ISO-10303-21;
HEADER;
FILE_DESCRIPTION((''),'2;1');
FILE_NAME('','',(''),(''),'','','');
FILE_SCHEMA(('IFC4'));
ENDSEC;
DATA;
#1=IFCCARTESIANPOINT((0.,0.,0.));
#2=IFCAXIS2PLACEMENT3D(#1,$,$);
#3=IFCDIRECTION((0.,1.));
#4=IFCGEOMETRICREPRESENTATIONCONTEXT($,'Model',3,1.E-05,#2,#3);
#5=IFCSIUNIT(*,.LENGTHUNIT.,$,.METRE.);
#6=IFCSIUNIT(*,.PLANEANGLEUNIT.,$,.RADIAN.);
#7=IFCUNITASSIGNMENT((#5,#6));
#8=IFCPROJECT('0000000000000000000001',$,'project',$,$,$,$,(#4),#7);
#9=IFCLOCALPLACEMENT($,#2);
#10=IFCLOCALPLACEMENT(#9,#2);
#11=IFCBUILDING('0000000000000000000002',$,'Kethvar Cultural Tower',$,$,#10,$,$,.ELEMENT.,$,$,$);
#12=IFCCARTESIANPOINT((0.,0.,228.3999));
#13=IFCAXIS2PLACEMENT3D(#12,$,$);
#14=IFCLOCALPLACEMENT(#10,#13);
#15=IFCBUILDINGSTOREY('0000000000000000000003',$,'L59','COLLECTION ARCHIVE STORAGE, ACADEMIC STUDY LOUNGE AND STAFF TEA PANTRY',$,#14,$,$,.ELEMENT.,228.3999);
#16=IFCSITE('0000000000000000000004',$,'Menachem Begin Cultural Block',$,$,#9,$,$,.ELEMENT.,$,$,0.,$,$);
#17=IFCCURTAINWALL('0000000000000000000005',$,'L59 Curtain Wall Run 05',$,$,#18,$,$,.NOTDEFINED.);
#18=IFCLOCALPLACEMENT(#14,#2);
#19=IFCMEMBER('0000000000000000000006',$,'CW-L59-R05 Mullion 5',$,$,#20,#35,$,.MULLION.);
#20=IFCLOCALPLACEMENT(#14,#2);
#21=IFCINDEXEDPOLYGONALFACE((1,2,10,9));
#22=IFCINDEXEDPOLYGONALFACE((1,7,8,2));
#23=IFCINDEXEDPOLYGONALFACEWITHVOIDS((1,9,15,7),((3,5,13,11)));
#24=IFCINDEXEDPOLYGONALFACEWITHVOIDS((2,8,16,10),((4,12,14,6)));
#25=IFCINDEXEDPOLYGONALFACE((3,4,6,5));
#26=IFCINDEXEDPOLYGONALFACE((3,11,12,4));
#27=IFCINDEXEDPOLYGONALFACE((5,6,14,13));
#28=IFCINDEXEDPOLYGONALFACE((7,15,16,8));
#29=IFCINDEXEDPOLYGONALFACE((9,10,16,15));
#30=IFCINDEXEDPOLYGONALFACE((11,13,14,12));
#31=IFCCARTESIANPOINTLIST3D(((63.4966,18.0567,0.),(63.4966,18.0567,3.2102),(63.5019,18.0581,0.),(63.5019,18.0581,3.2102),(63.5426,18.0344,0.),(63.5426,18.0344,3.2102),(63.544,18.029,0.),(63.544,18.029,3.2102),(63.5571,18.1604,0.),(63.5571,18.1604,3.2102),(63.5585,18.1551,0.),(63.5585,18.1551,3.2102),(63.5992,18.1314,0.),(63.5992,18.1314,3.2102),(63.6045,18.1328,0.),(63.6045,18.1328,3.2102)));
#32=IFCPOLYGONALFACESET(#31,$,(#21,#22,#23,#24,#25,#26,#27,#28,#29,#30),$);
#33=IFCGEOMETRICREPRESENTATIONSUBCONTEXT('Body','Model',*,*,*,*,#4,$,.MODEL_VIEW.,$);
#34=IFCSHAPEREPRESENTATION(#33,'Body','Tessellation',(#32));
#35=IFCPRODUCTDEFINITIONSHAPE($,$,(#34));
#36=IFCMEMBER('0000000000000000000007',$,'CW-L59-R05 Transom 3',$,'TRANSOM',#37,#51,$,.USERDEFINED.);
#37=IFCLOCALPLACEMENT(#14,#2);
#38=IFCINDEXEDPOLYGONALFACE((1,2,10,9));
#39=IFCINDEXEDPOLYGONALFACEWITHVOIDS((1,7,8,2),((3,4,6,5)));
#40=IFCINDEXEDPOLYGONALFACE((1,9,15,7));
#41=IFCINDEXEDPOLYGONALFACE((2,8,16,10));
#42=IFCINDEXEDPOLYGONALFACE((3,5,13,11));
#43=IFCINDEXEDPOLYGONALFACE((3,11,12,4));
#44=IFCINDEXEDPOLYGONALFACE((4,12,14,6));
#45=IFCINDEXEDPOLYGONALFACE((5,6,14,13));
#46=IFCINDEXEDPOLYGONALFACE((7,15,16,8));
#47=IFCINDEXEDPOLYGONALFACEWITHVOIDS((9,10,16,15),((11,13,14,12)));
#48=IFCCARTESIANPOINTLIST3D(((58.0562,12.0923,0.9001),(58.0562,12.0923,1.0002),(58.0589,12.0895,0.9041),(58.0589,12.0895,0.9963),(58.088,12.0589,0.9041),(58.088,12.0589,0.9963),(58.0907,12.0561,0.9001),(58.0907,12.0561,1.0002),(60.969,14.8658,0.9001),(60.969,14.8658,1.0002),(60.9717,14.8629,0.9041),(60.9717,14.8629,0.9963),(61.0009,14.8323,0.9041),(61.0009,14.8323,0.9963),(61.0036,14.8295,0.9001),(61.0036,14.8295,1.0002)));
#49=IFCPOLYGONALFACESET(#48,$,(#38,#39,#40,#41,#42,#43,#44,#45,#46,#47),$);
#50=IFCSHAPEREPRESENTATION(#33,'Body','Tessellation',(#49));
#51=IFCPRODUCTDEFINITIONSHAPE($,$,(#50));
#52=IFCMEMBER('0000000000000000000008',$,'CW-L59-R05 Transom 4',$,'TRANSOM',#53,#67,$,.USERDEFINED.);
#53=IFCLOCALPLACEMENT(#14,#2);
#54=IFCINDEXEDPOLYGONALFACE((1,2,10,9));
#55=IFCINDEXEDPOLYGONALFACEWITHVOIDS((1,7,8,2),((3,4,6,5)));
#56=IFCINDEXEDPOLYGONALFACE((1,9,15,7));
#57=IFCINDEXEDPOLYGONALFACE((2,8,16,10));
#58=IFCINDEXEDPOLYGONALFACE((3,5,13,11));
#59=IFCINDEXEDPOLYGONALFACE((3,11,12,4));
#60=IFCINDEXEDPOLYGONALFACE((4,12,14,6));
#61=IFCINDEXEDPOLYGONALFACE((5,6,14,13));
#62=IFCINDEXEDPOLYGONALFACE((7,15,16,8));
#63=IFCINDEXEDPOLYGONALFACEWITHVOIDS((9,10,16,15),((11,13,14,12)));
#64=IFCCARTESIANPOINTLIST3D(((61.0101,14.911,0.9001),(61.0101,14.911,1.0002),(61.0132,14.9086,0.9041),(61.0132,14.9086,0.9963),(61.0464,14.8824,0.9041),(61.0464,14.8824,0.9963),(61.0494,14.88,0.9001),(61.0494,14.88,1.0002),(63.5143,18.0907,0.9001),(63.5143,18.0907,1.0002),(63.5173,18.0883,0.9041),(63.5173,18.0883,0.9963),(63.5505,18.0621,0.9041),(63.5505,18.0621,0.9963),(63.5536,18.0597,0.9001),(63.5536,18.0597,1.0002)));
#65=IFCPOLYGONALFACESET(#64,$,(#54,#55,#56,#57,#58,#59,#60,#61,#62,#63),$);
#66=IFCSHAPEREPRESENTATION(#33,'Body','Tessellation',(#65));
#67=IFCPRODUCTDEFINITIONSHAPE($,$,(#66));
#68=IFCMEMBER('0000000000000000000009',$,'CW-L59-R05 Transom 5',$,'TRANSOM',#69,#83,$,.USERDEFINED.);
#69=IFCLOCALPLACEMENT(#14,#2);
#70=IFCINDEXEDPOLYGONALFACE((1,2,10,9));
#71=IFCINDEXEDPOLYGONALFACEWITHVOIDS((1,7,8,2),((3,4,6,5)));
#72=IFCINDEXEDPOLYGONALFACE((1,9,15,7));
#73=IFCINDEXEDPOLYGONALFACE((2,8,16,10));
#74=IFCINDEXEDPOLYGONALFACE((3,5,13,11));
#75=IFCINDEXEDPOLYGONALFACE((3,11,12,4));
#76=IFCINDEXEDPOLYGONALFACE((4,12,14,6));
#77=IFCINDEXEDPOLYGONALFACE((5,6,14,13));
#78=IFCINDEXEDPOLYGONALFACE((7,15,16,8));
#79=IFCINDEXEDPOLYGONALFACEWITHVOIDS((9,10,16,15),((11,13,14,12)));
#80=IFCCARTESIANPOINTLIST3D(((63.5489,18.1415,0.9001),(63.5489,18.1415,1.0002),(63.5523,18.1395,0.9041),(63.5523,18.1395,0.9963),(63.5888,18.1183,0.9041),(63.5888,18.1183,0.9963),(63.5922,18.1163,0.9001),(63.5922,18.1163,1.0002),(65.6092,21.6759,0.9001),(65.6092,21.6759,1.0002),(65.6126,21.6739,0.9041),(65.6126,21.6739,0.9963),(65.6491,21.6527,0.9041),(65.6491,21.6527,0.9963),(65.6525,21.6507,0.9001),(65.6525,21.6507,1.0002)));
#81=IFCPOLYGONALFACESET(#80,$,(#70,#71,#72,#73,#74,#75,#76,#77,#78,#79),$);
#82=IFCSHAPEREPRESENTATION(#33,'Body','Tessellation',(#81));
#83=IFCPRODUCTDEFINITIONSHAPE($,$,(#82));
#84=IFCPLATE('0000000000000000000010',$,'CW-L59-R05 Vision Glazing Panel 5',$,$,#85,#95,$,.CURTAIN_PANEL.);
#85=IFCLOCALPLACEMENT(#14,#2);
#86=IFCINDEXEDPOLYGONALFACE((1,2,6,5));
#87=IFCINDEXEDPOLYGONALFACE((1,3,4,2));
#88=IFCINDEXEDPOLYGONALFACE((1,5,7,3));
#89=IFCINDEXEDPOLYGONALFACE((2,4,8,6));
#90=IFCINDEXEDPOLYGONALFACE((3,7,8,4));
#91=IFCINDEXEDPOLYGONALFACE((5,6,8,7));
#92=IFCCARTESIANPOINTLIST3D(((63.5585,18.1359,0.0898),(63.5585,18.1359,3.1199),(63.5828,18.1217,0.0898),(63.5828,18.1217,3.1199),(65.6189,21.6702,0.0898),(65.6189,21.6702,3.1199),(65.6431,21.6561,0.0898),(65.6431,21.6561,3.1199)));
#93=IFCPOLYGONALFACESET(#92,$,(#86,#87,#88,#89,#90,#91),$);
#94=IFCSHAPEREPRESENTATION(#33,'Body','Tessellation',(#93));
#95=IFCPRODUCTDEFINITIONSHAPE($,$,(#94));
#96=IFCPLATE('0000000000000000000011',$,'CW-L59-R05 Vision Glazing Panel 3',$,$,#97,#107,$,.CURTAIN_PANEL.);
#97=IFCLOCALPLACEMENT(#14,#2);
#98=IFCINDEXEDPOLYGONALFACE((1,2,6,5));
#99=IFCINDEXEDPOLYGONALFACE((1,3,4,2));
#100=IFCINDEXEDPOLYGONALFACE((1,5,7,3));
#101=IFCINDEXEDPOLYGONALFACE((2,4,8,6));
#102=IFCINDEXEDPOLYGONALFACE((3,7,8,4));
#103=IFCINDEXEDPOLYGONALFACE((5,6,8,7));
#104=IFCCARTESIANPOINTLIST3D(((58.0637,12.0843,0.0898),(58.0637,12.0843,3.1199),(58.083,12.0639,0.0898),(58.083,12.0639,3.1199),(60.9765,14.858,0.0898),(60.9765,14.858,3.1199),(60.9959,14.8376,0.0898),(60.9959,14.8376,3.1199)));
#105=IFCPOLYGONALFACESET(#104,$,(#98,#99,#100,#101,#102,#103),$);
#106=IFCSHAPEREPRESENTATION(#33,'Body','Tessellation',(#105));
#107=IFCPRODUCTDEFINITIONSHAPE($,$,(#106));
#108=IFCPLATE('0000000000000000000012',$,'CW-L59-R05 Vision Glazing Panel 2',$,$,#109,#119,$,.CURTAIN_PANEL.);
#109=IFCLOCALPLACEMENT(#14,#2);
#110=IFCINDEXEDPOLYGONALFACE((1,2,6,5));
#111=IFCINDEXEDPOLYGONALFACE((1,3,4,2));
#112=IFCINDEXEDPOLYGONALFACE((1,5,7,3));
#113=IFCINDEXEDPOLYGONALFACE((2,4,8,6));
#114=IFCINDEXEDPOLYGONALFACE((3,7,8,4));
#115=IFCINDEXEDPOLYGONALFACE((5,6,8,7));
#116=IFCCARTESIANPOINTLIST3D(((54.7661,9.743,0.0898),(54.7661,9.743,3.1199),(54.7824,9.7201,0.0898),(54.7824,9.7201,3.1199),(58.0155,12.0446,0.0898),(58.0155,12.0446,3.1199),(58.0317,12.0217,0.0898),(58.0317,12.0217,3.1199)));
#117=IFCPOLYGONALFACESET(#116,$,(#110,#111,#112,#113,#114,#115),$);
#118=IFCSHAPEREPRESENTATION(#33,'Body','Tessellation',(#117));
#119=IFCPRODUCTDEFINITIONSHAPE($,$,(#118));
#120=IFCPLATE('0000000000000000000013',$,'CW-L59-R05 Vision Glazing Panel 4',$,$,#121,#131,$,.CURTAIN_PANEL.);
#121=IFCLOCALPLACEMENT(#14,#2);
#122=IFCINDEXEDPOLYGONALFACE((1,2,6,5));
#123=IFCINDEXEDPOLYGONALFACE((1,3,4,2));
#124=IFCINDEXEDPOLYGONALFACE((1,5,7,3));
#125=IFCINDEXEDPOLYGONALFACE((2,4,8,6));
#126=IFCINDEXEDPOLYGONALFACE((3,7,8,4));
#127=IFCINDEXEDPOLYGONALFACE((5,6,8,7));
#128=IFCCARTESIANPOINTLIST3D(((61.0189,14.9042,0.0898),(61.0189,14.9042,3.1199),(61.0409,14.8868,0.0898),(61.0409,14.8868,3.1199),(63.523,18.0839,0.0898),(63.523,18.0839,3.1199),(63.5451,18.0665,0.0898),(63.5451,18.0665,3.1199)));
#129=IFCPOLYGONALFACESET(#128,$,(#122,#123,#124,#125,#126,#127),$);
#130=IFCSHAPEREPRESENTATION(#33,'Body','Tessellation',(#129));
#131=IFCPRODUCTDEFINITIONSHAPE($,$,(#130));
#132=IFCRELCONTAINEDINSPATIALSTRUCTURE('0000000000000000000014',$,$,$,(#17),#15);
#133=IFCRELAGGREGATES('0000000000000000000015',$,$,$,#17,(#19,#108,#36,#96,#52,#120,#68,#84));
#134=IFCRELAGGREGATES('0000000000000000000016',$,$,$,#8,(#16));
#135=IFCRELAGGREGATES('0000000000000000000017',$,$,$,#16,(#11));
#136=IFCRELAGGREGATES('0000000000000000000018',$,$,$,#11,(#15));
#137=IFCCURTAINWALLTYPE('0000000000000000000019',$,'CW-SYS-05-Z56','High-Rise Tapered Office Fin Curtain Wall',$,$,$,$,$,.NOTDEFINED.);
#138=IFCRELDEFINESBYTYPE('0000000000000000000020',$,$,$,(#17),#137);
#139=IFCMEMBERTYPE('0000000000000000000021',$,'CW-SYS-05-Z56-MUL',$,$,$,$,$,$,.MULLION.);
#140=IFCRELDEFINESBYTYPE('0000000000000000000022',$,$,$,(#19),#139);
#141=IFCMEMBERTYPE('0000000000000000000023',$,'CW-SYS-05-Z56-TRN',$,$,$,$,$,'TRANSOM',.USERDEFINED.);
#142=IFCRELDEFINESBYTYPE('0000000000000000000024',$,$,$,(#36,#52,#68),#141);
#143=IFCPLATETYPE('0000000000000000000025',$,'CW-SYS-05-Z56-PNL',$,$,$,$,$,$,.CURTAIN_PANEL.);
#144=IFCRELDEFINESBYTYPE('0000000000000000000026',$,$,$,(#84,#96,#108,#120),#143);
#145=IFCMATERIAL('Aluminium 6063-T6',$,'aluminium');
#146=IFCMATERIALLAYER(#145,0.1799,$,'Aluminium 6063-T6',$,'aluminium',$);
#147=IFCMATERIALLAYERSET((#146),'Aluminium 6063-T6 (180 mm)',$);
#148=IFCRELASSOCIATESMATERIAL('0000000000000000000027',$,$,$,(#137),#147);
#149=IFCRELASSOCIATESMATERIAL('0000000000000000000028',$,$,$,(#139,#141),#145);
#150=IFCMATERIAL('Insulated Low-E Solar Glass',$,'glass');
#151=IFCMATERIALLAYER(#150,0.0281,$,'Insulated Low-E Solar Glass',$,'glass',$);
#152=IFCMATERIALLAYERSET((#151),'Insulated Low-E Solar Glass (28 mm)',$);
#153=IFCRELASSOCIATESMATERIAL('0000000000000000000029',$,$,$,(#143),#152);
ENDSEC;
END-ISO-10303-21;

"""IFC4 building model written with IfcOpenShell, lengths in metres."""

from ifc_helpers import new_model, si_unit, direction, frame, origin, origin_2d, place, context, subcontext, project, spatial, rectangle, hollow_rectangle, extrude, source, transform, mapped, material, layer, layer_set, material_profile, profile_set, type_object, element, aggregate, save


model = new_model("IFC4")

# Units and contexts
model_context = context("Model", 3, precision=1e-05, world=origin(), true_north=direction((0.0, 1.0)))
body_context = subcontext(model_context, "Body", "Model", "MODEL_VIEW")
ifc_project = project(units=[si_unit("LENGTHUNIT", "METRE"), si_unit("PLANEANGLEUNIT", "RADIAN")], contexts=[model_context])

# Site, building, storey
site_placement = place(None, origin())
site = spatial("IfcSite", under=ifc_project, at=site_placement, Name="Menachem Begin Cultural Block", CompositionType="ELEMENT", RefElevation=0.0)
building_placement = place(site_placement, origin())
building = spatial("IfcBuilding", under=site, at=building_placement, Name="Kethvar Cultural Tower", CompositionType="ELEMENT")
storey_placement = place(building_placement, frame((0.0, 0.0, 228.3999)))
storey = spatial("IfcBuildingStorey", under=building, at=storey_placement, Name="L59", Description="COLLECTION ARCHIVE STORAGE, ACADEMIC STUDY LOUNGE AND STAFF TEA PANTRY", CompositionType="ELEMENT", Elevation=228.3999)

# Curtain wall, members, plates
ifc_material_1 = material(Name="Aluminium 6063-T6", Category="aluminium")
ifc_layer_1 = layer(ifc_material_1, 0.1799, Name="Aluminium 6063-T6", Category="aluminium")
ifc_layer_set_1 = layer_set([ifc_layer_1], Name="Aluminium 6063-T6 (180 mm)")
curtain_wall_type = type_object("IfcCurtainWallType", Name="CW-SYS-05-Z56", Description="High-Rise Tapered Office Fin Curtain Wall", PredefinedType="NOTDEFINED", material=ifc_layer_set_1)
curtain_wall_placement = place(storey_placement, origin())
curtain_wall = element("IfcCurtainWall", 1, at=curtain_wall_placement, inside=storey, type_object=curtain_wall_type, Name="L59 Curtain Wall Run 05", PredefinedType="NOTDEFINED")
ifc_material_profile_1 = material_profile(ifc_material_1, hollow_rectangle(XDim=0.0549, YDim=0.1201, WallThickness=0.0039, at=origin_2d()), Name="Aluminium 6063-T6 — RHS120x55x4")
ifc_profile_set_1 = profile_set([ifc_material_profile_1], Name="Aluminium 6063-T6 — RHS120x55x4")
member_type_1 = type_object("IfcMemberType", Name="CW-SYS-05-Z56-MUL", PredefinedType="MULLION", material=ifc_profile_set_1)
shared_shape_1 = source(origin(), body_context, "Body", "SweptSolid", [
    extrude(hollow_rectangle(XDim=0.0549, YDim=0.1201, WallThickness=0.0039, at=origin_2d()), origin(), (0.0, 0.0, 1.0), 3.2102),
])
member_1_placement = place(storey_placement, frame((63.5505, 18.0947, 0.0), z_axis=(0.0, 0.0, 1.0), x_axis=(-0.863923, 0.503623, 0.0)))
member_1 = element("IfcMember", 2, at=member_1_placement, type_object=member_type_1, Name="CW-L59-R05 Mullion 5", PredefinedType="MULLION", context=body_context, shape_type="MappedRepresentation", body=[
    mapped(shared_shape_1, transform((0.0, 0.0, 0.0), scale=1.0)),
])
ifc_material_profile_2 = material_profile(ifc_material_1, hollow_rectangle(XDim=0.05, YDim=0.1001, WallThickness=0.0039, at=origin_2d()), Name="Aluminium 6063-T6 — RHS100x50x4")
ifc_profile_set_2 = profile_set([ifc_material_profile_2], Name="Aluminium 6063-T6 — RHS100x50x4")
member_type_2 = type_object("IfcMemberType", Name="CW-SYS-05-Z56-TRN", ElementType="TRANSOM", PredefinedType="USERDEFINED", material=ifc_profile_set_2)
shared_shape_2 = source(origin(), body_context, "Body", "SweptSolid", [
    extrude(hollow_rectangle(XDim=0.05, YDim=0.1001, WallThickness=0.0039, at=origin_2d()), origin(), (0.0, 0.0, 1.0), 4.022),
])
member_2_placement = place(storey_placement, frame((58.0735, 12.0742, 0.9502), z_axis=(0.724225, 0.689564, 0.0), x_axis=(-0.689564, 0.724225, 0.0)))
member_2 = element("IfcMember", 3, at=member_2_placement, type_object=member_type_2, Name="CW-L59-R05 Transom 3", ObjectType="TRANSOM", PredefinedType="USERDEFINED", context=body_context, shape_type="MappedRepresentation", body=[
    mapped(shared_shape_2, transform((0.0, 0.0, 0.0), scale=1.0)),
])
shared_shape_3 = source(origin(), body_context, "Body", "SweptSolid", [
    extrude(hollow_rectangle(XDim=0.05, YDim=0.1001, WallThickness=0.0039, at=origin_2d()), origin(), (0.0, 0.0, 1.0), 4.0474),
])
member_3_placement = place(storey_placement, frame((61.0298, 14.8955, 0.9502), z_axis=(0.618711, 0.785619, 0.0), x_axis=(-0.785619, 0.618711, 0.0)))
member_3 = element("IfcMember", 4, at=member_3_placement, type_object=member_type_2, Name="CW-L59-R05 Transom 4", ObjectType="TRANSOM", PredefinedType="USERDEFINED", context=body_context, shape_type="MappedRepresentation", body=[
    mapped(shared_shape_3, transform((0.0, 0.0, 0.0), scale=1.0)),
])
shared_shape_4 = source(origin(), body_context, "Body", "SweptSolid", [
    extrude(hollow_rectangle(XDim=0.05, YDim=0.1001, WallThickness=0.0039, at=origin_2d()), origin(), (0.0, 0.0, 1.0), 4.0911),
])
member_4_placement = place(storey_placement, frame((63.5706, 18.1289, 0.9502), z_axis=(0.503608, 0.863933, 0.0), x_axis=(-0.863933, 0.503608, 0.0)))
member_4 = element("IfcMember", 5, at=member_4_placement, type_object=member_type_2, Name="CW-L59-R05 Transom 5", ObjectType="TRANSOM", PredefinedType="USERDEFINED", context=body_context, shape_type="MappedRepresentation", body=[
    mapped(shared_shape_4, transform((0.0, 0.0, 0.0), scale=1.0)),
])
ifc_material_2 = material(Name="Insulated Low-E Solar Glass", Category="glass")
ifc_layer_2 = layer(ifc_material_2, 0.0281, Name="Insulated Low-E Solar Glass", Category="glass")
ifc_layer_set_2 = layer_set([ifc_layer_2], Name="Insulated Low-E Solar Glass (28 mm)")
plate_type = type_object("IfcPlateType", Name="CW-SYS-05-Z56-PNL", PredefinedType="CURTAIN_PANEL", material=ifc_layer_set_2)
shared_shape_5 = source(origin(), body_context, "Body", "SweptSolid", [
    extrude(rectangle(XDim=4.0911, YDim=0.0281, at=origin_2d()), origin(), (0.0, 0.0, 1.0), 3.03),
])
plate_1_placement = place(storey_placement, frame((64.6008, 19.896, 0.0898), z_axis=(0.0, 0.0, 1.0), x_axis=(0.503623, 0.863923, 0.0)))
plate_1 = element("IfcPlate", 6, at=plate_1_placement, type_object=plate_type, Name="CW-L59-R05 Vision Glazing Panel 5", PredefinedType="CURTAIN_PANEL", context=body_context, shape_type="MappedRepresentation", body=[
    mapped(shared_shape_5, transform((0.0, 0.0, 0.0), scale=1.0)),
])
shared_shape_6 = source(origin(), body_context, "Body", "SweptSolid", [
    extrude(rectangle(XDim=4.0222, YDim=0.0281, at=origin_2d()), origin(), (0.0, 0.0, 1.0), 3.03),
])
plate_2_placement = place(storey_placement, frame((59.5298, 13.4609, 0.0898), z_axis=(0.0, 0.0, 1.0), x_axis=(0.724196, 0.689594, 0.0)))
plate_2 = element("IfcPlate", 7, at=plate_2_placement, type_object=plate_type, Name="CW-L59-R05 Vision Glazing Panel 3", PredefinedType="CURTAIN_PANEL", context=body_context, shape_type="MappedRepresentation", body=[
    mapped(shared_shape_6, transform((0.0, 0.0, 0.0), scale=1.0)),
])
shared_shape_7 = source(origin(), body_context, "Body", "SweptSolid", [
    extrude(rectangle(XDim=3.9819, YDim=0.0281, at=origin_2d()), origin(), (0.0, 0.0, 1.0), 3.03),
])
plate_3_placement = place(storey_placement, frame((56.3989, 10.8823, 0.0898), z_axis=(0.0, 0.0, 1.0), x_axis=(0.816027, 0.578014, 0.0)))
plate_3 = element("IfcPlate", 8, at=plate_3_placement, type_object=plate_type, Name="CW-L59-R05 Vision Glazing Panel 2", PredefinedType="CURTAIN_PANEL", context=body_context, shape_type="MappedRepresentation", body=[
    mapped(shared_shape_7, transform((0.0, 0.0, 0.0), scale=1.0)),
])
shared_shape_8 = source(origin(), body_context, "Body", "SweptSolid", [
    extrude(rectangle(XDim=4.0474, YDim=0.0281, at=origin_2d()), origin(), (0.0, 0.0, 1.0), 3.03),
])
plate_4_placement = place(storey_placement, frame((62.282, 16.4854, 0.0898), z_axis=(0.0, 0.0, 1.0), x_axis=(0.61871, 0.785619, 0.0)))
plate_4 = element("IfcPlate", 9, at=plate_4_placement, type_object=plate_type, Name="CW-L59-R05 Vision Glazing Panel 4", PredefinedType="CURTAIN_PANEL", context=body_context, shape_type="MappedRepresentation", body=[
    mapped(shared_shape_8, transform((0.0, 0.0, 0.0), scale=1.0)),
])
aggregate(curtain_wall, [member_1, plate_3, member_2, plate_2, member_3, plate_4, member_4, plate_1])

save(model, "model.ifc")
